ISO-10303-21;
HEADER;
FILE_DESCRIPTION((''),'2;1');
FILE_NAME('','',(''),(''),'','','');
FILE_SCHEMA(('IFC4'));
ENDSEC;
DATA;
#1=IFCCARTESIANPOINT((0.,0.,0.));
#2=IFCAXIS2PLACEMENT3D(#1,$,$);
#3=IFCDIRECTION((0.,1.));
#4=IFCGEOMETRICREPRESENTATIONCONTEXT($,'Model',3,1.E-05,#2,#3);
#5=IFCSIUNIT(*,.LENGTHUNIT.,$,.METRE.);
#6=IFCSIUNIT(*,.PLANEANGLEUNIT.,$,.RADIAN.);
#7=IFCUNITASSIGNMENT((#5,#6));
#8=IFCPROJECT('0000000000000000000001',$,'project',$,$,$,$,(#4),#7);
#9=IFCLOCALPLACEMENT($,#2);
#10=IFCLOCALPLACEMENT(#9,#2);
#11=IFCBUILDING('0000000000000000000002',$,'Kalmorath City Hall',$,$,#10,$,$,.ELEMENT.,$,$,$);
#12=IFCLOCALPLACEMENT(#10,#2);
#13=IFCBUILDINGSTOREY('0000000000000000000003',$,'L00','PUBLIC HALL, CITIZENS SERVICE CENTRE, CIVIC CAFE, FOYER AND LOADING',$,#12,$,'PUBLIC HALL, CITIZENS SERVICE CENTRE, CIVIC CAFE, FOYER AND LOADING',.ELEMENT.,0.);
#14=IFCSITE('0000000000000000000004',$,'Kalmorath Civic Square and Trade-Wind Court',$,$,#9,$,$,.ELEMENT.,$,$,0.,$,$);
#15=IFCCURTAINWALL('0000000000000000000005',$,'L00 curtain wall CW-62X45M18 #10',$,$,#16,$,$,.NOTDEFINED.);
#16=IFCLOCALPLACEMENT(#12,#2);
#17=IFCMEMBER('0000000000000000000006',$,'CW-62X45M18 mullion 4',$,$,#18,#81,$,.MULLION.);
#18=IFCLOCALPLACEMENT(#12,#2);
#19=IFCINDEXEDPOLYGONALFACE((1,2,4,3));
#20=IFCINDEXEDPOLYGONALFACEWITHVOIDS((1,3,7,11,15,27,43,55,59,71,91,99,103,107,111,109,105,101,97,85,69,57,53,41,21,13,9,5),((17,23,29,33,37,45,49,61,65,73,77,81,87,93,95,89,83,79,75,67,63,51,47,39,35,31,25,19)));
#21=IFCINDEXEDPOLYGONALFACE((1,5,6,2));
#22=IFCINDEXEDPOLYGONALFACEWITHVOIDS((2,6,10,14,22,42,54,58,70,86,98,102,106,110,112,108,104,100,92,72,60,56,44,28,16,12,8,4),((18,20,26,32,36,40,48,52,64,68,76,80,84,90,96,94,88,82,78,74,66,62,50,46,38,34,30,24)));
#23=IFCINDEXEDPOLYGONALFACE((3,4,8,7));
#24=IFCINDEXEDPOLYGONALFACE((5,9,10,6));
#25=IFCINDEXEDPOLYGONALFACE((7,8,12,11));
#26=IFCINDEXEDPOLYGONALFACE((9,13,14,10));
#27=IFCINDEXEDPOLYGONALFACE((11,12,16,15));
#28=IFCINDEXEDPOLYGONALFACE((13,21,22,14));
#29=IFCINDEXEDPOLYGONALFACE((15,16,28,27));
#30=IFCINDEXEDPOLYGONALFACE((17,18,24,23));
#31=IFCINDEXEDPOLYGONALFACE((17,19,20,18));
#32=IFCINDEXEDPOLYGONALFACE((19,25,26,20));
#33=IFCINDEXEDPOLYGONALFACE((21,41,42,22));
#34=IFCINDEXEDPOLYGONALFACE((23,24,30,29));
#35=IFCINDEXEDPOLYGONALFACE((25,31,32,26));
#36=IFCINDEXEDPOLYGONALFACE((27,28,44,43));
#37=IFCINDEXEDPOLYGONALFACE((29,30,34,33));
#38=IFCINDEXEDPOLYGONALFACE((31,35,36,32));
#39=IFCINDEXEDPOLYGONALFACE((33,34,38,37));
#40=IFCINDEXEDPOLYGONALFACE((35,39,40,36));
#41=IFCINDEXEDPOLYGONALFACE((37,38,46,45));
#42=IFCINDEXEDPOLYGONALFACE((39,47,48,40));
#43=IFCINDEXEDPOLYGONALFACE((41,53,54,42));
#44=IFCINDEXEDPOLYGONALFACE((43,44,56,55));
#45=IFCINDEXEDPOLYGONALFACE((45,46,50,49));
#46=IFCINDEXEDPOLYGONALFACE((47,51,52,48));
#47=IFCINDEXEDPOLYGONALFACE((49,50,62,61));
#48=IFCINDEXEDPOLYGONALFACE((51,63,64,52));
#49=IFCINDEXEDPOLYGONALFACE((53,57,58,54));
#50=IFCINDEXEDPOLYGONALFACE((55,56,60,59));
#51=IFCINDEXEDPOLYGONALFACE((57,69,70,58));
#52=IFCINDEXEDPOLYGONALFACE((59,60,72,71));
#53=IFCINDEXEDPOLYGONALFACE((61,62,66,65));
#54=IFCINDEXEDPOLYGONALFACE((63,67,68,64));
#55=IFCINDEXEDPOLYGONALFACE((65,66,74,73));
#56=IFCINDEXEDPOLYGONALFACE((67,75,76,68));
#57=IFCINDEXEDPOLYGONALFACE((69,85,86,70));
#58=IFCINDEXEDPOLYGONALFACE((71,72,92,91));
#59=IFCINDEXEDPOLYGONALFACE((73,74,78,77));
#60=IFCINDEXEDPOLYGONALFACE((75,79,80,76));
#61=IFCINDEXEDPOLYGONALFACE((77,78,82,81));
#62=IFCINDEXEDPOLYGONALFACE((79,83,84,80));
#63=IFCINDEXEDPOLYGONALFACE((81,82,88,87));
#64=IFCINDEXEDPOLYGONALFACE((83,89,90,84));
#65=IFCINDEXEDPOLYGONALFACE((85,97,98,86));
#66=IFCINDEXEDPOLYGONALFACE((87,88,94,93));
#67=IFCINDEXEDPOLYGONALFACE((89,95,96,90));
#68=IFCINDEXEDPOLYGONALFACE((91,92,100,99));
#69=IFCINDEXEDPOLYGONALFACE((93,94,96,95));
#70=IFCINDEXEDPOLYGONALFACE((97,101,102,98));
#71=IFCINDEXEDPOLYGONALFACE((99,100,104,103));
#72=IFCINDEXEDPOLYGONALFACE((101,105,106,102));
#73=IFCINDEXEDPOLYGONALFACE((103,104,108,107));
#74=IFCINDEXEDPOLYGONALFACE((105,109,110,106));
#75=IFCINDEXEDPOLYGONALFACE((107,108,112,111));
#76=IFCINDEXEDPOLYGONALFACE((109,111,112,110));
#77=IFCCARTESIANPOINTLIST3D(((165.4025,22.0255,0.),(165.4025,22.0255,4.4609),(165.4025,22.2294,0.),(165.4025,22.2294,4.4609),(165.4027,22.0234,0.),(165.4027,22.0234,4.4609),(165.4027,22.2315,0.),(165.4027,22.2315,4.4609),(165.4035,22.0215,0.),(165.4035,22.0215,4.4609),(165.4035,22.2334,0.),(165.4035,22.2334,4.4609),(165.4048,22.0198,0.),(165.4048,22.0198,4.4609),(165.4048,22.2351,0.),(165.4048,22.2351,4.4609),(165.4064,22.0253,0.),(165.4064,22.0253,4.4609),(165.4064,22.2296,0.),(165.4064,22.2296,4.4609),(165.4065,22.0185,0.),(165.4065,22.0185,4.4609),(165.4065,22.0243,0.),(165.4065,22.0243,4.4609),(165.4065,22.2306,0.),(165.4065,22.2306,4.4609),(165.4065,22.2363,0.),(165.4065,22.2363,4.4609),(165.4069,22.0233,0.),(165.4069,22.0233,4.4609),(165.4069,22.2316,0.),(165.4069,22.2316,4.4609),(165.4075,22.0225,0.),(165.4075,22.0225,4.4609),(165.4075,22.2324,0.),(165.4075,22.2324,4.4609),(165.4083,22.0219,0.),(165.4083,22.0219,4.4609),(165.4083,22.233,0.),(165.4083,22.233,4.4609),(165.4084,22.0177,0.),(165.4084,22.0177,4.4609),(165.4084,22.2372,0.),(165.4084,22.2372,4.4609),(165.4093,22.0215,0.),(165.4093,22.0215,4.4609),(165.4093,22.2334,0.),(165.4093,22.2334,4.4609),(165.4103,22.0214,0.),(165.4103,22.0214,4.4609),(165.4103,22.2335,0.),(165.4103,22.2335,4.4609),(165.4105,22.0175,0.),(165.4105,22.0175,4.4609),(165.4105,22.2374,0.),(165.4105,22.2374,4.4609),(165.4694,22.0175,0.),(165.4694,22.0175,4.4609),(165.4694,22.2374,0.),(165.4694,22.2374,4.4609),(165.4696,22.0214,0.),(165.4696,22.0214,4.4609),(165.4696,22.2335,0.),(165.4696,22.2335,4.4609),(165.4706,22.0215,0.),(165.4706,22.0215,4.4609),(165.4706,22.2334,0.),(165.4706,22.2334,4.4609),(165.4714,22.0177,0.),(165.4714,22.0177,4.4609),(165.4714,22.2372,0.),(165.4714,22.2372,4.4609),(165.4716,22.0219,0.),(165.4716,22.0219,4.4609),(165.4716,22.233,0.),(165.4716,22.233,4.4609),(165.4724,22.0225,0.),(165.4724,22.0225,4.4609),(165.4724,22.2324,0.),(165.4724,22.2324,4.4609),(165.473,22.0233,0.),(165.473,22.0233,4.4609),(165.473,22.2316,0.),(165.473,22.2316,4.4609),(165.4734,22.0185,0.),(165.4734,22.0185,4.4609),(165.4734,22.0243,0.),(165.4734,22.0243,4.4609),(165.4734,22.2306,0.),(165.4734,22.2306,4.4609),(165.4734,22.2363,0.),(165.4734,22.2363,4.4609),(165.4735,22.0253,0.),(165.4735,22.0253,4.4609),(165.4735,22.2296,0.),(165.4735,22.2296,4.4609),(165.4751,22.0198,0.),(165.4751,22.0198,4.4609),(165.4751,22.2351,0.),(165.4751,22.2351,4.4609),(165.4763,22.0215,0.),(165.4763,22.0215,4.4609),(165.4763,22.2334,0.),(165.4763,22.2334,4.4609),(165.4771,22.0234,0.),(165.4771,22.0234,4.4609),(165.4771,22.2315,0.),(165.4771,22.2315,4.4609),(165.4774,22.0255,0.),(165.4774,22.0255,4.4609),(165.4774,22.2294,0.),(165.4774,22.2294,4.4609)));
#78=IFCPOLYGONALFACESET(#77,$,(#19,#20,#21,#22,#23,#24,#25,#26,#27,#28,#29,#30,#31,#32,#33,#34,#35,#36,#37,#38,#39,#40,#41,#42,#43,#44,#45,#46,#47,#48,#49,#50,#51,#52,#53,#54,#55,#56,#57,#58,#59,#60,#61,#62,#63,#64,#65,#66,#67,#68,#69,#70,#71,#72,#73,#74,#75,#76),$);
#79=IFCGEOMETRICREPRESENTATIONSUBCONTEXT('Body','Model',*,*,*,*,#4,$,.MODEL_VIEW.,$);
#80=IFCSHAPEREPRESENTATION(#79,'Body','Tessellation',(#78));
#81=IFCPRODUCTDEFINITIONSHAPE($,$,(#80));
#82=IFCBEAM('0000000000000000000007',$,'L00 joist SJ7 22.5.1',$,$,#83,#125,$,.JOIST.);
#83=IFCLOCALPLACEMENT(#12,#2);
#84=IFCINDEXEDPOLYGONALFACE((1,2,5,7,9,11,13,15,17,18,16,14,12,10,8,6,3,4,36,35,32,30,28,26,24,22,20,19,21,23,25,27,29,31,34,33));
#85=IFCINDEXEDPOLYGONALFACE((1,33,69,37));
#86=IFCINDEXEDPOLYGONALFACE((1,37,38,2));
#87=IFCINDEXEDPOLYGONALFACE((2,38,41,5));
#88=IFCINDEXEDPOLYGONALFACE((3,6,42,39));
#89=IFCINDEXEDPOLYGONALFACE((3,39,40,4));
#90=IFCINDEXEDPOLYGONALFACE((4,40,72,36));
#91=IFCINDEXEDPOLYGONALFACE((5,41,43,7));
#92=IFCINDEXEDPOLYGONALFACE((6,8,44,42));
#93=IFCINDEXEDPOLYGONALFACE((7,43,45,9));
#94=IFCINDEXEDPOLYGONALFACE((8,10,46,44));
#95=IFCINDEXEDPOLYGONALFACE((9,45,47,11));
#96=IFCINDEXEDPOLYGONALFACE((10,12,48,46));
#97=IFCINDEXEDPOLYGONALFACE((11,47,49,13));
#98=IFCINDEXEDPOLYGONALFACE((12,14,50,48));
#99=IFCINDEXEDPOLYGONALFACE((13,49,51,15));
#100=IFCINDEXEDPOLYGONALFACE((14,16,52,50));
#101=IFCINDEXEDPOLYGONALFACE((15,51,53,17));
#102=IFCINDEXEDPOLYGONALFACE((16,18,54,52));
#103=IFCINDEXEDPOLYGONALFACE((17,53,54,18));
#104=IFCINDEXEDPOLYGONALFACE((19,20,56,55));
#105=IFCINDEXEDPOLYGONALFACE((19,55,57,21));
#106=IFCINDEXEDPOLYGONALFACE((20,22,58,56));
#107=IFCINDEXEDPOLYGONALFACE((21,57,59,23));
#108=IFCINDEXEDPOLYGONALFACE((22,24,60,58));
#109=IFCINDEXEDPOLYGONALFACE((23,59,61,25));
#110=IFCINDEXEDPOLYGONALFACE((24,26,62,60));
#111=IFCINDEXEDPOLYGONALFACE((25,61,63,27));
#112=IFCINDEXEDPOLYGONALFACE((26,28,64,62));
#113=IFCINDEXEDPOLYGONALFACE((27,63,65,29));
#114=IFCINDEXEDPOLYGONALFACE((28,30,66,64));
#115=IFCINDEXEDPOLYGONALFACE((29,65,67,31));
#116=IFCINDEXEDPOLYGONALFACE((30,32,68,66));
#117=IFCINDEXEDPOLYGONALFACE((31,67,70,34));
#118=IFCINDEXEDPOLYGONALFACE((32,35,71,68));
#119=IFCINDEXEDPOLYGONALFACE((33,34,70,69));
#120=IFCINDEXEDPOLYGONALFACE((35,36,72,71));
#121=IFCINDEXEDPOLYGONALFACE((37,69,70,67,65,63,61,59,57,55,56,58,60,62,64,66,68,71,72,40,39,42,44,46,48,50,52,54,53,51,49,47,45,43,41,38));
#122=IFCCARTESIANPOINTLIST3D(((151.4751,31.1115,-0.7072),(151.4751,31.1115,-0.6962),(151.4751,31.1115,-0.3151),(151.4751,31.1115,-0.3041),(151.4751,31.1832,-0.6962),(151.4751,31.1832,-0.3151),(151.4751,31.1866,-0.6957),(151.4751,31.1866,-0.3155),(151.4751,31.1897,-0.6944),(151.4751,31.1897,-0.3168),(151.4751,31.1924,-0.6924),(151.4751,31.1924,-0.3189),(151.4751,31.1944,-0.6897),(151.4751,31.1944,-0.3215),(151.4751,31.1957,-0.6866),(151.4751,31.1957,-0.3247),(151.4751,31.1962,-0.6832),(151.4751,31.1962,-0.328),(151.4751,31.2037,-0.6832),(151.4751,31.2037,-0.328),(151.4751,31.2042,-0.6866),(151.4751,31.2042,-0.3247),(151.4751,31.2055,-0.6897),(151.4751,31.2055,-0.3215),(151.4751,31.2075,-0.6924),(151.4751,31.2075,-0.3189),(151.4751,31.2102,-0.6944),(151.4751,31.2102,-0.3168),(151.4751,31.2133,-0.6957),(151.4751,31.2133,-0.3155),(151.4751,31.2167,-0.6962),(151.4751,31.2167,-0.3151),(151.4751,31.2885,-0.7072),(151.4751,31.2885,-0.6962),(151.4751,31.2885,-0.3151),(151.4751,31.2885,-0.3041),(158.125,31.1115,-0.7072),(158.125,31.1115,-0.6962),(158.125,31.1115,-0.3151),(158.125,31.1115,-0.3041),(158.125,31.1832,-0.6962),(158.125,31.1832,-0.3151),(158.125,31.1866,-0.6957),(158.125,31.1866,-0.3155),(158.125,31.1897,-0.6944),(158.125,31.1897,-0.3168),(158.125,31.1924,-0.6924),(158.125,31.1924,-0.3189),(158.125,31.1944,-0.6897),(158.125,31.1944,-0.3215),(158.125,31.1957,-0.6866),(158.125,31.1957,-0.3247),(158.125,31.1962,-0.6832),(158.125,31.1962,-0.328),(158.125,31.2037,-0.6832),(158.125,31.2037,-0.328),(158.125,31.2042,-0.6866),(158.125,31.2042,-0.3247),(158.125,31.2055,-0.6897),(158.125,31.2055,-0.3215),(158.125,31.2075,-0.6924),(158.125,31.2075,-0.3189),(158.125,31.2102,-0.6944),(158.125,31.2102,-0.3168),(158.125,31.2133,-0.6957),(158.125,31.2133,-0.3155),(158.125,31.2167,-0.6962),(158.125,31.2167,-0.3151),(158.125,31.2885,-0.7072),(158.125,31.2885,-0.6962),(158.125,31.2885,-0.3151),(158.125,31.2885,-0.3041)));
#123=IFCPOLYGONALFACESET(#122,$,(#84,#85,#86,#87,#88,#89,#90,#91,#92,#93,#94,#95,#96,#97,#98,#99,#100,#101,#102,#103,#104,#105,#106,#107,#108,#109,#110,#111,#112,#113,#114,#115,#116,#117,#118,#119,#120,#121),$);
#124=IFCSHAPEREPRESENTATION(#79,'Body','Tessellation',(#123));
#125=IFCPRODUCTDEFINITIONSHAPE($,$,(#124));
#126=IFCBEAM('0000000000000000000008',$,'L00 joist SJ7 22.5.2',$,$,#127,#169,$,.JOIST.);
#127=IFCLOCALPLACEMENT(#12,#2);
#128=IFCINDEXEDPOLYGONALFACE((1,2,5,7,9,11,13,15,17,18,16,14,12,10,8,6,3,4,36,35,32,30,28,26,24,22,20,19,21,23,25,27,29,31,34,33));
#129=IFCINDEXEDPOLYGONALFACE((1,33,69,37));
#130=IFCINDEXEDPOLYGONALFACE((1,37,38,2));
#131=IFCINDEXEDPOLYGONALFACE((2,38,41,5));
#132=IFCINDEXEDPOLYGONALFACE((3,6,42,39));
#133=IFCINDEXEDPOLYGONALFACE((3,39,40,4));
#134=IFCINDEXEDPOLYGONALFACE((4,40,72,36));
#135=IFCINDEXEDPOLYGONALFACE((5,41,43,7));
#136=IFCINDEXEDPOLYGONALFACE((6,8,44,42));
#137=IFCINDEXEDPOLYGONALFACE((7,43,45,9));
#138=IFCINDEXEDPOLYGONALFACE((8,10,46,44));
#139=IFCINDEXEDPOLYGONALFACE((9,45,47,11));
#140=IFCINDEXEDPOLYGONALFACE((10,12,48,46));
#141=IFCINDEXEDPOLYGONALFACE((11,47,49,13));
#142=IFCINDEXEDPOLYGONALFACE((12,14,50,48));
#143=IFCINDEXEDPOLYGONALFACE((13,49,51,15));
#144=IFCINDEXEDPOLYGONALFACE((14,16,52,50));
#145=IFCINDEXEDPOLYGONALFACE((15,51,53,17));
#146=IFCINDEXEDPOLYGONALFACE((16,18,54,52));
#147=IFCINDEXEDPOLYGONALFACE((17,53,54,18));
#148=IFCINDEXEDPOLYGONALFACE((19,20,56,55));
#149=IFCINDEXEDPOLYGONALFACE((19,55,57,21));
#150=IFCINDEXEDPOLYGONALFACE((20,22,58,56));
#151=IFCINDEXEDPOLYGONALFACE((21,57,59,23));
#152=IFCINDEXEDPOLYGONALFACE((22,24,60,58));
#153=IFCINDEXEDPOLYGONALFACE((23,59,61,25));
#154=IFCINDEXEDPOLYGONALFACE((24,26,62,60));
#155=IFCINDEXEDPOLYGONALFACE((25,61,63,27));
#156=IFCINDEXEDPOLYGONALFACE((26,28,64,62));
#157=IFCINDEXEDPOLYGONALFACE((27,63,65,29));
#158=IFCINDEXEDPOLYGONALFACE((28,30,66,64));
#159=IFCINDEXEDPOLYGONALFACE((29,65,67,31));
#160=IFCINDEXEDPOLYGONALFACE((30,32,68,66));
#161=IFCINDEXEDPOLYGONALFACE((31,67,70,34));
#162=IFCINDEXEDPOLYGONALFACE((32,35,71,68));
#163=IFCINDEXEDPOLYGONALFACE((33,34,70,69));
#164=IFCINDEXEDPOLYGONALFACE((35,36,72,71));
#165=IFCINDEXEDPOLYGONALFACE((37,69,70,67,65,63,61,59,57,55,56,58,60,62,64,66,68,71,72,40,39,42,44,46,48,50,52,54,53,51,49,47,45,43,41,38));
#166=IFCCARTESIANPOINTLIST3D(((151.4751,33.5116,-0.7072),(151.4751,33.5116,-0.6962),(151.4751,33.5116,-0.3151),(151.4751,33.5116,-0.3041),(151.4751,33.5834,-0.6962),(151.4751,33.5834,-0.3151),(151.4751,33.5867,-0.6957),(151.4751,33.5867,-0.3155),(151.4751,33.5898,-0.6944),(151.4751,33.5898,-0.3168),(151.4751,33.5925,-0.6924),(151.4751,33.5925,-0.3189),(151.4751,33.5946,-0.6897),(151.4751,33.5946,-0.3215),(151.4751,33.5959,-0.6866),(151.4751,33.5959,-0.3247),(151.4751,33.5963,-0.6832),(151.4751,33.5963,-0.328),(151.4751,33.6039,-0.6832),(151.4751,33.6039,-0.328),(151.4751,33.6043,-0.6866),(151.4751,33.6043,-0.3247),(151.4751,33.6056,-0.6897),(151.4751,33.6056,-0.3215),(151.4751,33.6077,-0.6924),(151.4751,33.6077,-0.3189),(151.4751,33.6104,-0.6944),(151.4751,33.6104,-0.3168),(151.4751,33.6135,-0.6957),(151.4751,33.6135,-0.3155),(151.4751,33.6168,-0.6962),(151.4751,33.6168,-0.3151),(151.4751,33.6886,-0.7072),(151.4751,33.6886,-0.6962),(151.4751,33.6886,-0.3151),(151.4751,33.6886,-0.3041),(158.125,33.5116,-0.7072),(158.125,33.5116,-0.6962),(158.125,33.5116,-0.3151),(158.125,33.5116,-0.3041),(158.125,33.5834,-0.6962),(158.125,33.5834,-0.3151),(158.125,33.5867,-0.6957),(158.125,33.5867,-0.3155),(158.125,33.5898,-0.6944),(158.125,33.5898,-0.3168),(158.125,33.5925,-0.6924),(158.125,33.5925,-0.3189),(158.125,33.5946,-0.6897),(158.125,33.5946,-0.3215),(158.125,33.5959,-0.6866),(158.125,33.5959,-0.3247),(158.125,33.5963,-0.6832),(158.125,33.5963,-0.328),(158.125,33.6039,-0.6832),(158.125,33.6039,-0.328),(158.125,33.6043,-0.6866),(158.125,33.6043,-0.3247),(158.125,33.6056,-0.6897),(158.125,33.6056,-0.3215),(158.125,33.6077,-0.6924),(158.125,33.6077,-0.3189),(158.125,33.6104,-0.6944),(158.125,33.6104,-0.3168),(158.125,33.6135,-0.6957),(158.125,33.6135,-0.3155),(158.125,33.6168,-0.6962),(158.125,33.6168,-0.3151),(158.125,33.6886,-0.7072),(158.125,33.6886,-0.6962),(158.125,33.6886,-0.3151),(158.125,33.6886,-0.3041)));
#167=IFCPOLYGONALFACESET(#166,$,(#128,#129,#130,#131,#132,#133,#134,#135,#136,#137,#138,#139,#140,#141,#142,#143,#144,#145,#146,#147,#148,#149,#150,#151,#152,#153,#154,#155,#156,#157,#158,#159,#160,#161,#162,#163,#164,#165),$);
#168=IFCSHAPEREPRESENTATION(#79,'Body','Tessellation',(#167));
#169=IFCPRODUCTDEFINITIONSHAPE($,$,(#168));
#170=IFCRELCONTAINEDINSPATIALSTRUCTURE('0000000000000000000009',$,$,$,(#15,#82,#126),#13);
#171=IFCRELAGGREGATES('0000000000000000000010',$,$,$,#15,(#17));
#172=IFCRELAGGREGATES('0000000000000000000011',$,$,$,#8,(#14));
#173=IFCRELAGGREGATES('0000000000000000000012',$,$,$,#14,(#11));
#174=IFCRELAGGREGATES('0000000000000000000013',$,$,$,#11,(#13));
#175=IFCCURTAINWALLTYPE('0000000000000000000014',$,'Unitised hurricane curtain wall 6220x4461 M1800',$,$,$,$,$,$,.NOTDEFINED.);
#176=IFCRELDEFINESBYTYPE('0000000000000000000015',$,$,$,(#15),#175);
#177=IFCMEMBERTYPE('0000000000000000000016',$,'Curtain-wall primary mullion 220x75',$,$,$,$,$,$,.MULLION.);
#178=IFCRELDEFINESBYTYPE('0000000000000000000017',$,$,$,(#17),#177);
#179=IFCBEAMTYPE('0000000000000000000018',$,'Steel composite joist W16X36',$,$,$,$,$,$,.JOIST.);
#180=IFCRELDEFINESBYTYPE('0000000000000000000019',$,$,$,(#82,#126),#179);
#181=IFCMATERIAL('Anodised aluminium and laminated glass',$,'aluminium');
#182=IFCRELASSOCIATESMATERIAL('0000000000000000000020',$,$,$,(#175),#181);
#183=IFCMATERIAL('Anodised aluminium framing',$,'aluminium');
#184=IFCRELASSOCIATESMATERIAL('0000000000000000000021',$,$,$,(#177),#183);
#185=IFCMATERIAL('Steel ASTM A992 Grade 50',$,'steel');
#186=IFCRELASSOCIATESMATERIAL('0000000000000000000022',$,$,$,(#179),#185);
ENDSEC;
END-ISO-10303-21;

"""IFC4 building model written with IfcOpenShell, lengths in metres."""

from ifc_helpers import new_model, si_unit, direction, frame, origin, origin_2d, place, context, subcontext, project, spatial, hollow_rectangle, i_section, extrude, material, material_profile, profile_set, type_object, element, aggregate, save


model = new_model("IFC4")

# Units and contexts
model_context = context("Model", 3, precision=1e-05, world=origin(), true_north=direction((0.0, 1.0)))
body_context = subcontext(model_context, "Body", "Model", "MODEL_VIEW")
ifc_project = project(units=[si_unit("LENGTHUNIT", "METRE"), si_unit("PLANEANGLEUNIT", "RADIAN")], contexts=[model_context])

# Site, building, storey
site_placement = place(None, origin())
site = spatial("IfcSite", under=ifc_project, at=site_placement, Name="Kalmorath Civic Square and Trade-Wind Court", CompositionType="ELEMENT", RefElevation=0.0)
building_placement = place(site_placement, origin())
building = spatial("IfcBuilding", under=site, at=building_placement, Name="Kalmorath City Hall", CompositionType="ELEMENT")
storey_placement = place(building_placement, origin())
storey = spatial("IfcBuildingStorey", under=building, at=storey_placement, Name="L00", Description="PUBLIC HALL, CITIZENS SERVICE CENTRE, CIVIC CAFE, FOYER AND LOADING", LongName="PUBLIC HALL, CITIZENS SERVICE CENTRE, CIVIC CAFE, FOYER AND LOADING", CompositionType="ELEMENT", Elevation=0.0)

# Curtain wall, member
ifc_material_1 = material(Name="Anodised aluminium and laminated glass", Category="aluminium")
curtain_wall_type = type_object("IfcCurtainWallType", Name="Unitised hurricane curtain wall 6220x4461 M1800", PredefinedType="NOTDEFINED", material=ifc_material_1)
curtain_wall_placement = place(storey_placement, origin())
curtain_wall = element("IfcCurtainWall", 1, at=curtain_wall_placement, inside=storey, type_object=curtain_wall_type, Name="L00 curtain wall CW-62X45M18 #10", PredefinedType="NOTDEFINED")
ifc_material_2 = material(Name="Anodised aluminium framing", Category="aluminium")
ifc_material_profile_1 = material_profile(ifc_material_2, hollow_rectangle(XDim=0.075, YDim=0.22, WallThickness=0.0039, InnerFilletRadius=0.0039, OuterFilletRadius=0.0081, at=origin_2d()), Name="ALU-MUL-220X75X4")
ifc_profile_set_1 = profile_set([ifc_material_profile_1], Name="Anodised aluminium framing")
member_type = type_object("IfcMemberType", Name="Curtain-wall primary mullion 220x75", PredefinedType="MULLION", material=ifc_profile_set_1)
member_placement = place(storey_placement, frame((165.4399, 22.1274, 0.0), z_axis=(0.0, 0.0, 1.0), x_axis=(1.0, 0.0, 0.0)))
member = element("IfcMember", 2, at=member_placement, type_object=member_type, Name="CW-62X45M18 mullion 4", PredefinedType="MULLION", context=body_context, shape_type="SweptSolid", body=[
    extrude(hollow_rectangle(XDim=0.075, YDim=0.22, WallThickness=0.0039, InnerFilletRadius=0.0039, OuterFilletRadius=0.0081, at=origin_2d()), origin(), (0.0, 0.0, 1.0), 4.4609),
])

# Beams
ifc_material_3 = material(Name="Steel ASTM A992 Grade 50", Category="steel")
ifc_material_profile_2 = material_profile(ifc_material_3, i_section(OverallWidth=0.177, OverallDepth=0.4031, WebThickness=0.0076, FlangeThickness=0.011, FilletRadius=0.0129, at=origin_2d()), Name="W16X36")
ifc_profile_set_2 = profile_set([ifc_material_profile_2], Name="Steel ASTM A992 Grade 50")
beam_type_1 = type_object("IfcBeamType", Name="Steel composite joist W16X36", PredefinedType="JOIST", material=ifc_profile_set_2)
for number, where, z_axis, x_axis, name in (
    (3, (151.4751, 31.2, -0.5056), (1.0, 0.0, 0.0), (0.0, 1.0, 0.0), "L00 joist SJ7 22.5.1"),
    (4, (151.4751, 33.6001, -0.5056), (1.0, 0.0, 0.0), (0.0, 1.0, 0.0), "L00 joist SJ7 22.5.2"),
):
    element("IfcBeam", number, at=place(storey_placement, frame(where, z_axis=z_axis, x_axis=x_axis)), inside=storey, type_object=beam_type_1, Name=name, PredefinedType="JOIST", context=body_context, shape_type="SweptSolid", body=[
        extrude(i_section(OverallWidth=0.177, OverallDepth=0.4031, WebThickness=0.0076, FlangeThickness=0.011, FilletRadius=0.0129, at=origin_2d()), origin(), (0.0, 0.0, 1.0), 6.6499),
    ])

aggregate(curtain_wall, [member])

save(model, "model.ifc")
